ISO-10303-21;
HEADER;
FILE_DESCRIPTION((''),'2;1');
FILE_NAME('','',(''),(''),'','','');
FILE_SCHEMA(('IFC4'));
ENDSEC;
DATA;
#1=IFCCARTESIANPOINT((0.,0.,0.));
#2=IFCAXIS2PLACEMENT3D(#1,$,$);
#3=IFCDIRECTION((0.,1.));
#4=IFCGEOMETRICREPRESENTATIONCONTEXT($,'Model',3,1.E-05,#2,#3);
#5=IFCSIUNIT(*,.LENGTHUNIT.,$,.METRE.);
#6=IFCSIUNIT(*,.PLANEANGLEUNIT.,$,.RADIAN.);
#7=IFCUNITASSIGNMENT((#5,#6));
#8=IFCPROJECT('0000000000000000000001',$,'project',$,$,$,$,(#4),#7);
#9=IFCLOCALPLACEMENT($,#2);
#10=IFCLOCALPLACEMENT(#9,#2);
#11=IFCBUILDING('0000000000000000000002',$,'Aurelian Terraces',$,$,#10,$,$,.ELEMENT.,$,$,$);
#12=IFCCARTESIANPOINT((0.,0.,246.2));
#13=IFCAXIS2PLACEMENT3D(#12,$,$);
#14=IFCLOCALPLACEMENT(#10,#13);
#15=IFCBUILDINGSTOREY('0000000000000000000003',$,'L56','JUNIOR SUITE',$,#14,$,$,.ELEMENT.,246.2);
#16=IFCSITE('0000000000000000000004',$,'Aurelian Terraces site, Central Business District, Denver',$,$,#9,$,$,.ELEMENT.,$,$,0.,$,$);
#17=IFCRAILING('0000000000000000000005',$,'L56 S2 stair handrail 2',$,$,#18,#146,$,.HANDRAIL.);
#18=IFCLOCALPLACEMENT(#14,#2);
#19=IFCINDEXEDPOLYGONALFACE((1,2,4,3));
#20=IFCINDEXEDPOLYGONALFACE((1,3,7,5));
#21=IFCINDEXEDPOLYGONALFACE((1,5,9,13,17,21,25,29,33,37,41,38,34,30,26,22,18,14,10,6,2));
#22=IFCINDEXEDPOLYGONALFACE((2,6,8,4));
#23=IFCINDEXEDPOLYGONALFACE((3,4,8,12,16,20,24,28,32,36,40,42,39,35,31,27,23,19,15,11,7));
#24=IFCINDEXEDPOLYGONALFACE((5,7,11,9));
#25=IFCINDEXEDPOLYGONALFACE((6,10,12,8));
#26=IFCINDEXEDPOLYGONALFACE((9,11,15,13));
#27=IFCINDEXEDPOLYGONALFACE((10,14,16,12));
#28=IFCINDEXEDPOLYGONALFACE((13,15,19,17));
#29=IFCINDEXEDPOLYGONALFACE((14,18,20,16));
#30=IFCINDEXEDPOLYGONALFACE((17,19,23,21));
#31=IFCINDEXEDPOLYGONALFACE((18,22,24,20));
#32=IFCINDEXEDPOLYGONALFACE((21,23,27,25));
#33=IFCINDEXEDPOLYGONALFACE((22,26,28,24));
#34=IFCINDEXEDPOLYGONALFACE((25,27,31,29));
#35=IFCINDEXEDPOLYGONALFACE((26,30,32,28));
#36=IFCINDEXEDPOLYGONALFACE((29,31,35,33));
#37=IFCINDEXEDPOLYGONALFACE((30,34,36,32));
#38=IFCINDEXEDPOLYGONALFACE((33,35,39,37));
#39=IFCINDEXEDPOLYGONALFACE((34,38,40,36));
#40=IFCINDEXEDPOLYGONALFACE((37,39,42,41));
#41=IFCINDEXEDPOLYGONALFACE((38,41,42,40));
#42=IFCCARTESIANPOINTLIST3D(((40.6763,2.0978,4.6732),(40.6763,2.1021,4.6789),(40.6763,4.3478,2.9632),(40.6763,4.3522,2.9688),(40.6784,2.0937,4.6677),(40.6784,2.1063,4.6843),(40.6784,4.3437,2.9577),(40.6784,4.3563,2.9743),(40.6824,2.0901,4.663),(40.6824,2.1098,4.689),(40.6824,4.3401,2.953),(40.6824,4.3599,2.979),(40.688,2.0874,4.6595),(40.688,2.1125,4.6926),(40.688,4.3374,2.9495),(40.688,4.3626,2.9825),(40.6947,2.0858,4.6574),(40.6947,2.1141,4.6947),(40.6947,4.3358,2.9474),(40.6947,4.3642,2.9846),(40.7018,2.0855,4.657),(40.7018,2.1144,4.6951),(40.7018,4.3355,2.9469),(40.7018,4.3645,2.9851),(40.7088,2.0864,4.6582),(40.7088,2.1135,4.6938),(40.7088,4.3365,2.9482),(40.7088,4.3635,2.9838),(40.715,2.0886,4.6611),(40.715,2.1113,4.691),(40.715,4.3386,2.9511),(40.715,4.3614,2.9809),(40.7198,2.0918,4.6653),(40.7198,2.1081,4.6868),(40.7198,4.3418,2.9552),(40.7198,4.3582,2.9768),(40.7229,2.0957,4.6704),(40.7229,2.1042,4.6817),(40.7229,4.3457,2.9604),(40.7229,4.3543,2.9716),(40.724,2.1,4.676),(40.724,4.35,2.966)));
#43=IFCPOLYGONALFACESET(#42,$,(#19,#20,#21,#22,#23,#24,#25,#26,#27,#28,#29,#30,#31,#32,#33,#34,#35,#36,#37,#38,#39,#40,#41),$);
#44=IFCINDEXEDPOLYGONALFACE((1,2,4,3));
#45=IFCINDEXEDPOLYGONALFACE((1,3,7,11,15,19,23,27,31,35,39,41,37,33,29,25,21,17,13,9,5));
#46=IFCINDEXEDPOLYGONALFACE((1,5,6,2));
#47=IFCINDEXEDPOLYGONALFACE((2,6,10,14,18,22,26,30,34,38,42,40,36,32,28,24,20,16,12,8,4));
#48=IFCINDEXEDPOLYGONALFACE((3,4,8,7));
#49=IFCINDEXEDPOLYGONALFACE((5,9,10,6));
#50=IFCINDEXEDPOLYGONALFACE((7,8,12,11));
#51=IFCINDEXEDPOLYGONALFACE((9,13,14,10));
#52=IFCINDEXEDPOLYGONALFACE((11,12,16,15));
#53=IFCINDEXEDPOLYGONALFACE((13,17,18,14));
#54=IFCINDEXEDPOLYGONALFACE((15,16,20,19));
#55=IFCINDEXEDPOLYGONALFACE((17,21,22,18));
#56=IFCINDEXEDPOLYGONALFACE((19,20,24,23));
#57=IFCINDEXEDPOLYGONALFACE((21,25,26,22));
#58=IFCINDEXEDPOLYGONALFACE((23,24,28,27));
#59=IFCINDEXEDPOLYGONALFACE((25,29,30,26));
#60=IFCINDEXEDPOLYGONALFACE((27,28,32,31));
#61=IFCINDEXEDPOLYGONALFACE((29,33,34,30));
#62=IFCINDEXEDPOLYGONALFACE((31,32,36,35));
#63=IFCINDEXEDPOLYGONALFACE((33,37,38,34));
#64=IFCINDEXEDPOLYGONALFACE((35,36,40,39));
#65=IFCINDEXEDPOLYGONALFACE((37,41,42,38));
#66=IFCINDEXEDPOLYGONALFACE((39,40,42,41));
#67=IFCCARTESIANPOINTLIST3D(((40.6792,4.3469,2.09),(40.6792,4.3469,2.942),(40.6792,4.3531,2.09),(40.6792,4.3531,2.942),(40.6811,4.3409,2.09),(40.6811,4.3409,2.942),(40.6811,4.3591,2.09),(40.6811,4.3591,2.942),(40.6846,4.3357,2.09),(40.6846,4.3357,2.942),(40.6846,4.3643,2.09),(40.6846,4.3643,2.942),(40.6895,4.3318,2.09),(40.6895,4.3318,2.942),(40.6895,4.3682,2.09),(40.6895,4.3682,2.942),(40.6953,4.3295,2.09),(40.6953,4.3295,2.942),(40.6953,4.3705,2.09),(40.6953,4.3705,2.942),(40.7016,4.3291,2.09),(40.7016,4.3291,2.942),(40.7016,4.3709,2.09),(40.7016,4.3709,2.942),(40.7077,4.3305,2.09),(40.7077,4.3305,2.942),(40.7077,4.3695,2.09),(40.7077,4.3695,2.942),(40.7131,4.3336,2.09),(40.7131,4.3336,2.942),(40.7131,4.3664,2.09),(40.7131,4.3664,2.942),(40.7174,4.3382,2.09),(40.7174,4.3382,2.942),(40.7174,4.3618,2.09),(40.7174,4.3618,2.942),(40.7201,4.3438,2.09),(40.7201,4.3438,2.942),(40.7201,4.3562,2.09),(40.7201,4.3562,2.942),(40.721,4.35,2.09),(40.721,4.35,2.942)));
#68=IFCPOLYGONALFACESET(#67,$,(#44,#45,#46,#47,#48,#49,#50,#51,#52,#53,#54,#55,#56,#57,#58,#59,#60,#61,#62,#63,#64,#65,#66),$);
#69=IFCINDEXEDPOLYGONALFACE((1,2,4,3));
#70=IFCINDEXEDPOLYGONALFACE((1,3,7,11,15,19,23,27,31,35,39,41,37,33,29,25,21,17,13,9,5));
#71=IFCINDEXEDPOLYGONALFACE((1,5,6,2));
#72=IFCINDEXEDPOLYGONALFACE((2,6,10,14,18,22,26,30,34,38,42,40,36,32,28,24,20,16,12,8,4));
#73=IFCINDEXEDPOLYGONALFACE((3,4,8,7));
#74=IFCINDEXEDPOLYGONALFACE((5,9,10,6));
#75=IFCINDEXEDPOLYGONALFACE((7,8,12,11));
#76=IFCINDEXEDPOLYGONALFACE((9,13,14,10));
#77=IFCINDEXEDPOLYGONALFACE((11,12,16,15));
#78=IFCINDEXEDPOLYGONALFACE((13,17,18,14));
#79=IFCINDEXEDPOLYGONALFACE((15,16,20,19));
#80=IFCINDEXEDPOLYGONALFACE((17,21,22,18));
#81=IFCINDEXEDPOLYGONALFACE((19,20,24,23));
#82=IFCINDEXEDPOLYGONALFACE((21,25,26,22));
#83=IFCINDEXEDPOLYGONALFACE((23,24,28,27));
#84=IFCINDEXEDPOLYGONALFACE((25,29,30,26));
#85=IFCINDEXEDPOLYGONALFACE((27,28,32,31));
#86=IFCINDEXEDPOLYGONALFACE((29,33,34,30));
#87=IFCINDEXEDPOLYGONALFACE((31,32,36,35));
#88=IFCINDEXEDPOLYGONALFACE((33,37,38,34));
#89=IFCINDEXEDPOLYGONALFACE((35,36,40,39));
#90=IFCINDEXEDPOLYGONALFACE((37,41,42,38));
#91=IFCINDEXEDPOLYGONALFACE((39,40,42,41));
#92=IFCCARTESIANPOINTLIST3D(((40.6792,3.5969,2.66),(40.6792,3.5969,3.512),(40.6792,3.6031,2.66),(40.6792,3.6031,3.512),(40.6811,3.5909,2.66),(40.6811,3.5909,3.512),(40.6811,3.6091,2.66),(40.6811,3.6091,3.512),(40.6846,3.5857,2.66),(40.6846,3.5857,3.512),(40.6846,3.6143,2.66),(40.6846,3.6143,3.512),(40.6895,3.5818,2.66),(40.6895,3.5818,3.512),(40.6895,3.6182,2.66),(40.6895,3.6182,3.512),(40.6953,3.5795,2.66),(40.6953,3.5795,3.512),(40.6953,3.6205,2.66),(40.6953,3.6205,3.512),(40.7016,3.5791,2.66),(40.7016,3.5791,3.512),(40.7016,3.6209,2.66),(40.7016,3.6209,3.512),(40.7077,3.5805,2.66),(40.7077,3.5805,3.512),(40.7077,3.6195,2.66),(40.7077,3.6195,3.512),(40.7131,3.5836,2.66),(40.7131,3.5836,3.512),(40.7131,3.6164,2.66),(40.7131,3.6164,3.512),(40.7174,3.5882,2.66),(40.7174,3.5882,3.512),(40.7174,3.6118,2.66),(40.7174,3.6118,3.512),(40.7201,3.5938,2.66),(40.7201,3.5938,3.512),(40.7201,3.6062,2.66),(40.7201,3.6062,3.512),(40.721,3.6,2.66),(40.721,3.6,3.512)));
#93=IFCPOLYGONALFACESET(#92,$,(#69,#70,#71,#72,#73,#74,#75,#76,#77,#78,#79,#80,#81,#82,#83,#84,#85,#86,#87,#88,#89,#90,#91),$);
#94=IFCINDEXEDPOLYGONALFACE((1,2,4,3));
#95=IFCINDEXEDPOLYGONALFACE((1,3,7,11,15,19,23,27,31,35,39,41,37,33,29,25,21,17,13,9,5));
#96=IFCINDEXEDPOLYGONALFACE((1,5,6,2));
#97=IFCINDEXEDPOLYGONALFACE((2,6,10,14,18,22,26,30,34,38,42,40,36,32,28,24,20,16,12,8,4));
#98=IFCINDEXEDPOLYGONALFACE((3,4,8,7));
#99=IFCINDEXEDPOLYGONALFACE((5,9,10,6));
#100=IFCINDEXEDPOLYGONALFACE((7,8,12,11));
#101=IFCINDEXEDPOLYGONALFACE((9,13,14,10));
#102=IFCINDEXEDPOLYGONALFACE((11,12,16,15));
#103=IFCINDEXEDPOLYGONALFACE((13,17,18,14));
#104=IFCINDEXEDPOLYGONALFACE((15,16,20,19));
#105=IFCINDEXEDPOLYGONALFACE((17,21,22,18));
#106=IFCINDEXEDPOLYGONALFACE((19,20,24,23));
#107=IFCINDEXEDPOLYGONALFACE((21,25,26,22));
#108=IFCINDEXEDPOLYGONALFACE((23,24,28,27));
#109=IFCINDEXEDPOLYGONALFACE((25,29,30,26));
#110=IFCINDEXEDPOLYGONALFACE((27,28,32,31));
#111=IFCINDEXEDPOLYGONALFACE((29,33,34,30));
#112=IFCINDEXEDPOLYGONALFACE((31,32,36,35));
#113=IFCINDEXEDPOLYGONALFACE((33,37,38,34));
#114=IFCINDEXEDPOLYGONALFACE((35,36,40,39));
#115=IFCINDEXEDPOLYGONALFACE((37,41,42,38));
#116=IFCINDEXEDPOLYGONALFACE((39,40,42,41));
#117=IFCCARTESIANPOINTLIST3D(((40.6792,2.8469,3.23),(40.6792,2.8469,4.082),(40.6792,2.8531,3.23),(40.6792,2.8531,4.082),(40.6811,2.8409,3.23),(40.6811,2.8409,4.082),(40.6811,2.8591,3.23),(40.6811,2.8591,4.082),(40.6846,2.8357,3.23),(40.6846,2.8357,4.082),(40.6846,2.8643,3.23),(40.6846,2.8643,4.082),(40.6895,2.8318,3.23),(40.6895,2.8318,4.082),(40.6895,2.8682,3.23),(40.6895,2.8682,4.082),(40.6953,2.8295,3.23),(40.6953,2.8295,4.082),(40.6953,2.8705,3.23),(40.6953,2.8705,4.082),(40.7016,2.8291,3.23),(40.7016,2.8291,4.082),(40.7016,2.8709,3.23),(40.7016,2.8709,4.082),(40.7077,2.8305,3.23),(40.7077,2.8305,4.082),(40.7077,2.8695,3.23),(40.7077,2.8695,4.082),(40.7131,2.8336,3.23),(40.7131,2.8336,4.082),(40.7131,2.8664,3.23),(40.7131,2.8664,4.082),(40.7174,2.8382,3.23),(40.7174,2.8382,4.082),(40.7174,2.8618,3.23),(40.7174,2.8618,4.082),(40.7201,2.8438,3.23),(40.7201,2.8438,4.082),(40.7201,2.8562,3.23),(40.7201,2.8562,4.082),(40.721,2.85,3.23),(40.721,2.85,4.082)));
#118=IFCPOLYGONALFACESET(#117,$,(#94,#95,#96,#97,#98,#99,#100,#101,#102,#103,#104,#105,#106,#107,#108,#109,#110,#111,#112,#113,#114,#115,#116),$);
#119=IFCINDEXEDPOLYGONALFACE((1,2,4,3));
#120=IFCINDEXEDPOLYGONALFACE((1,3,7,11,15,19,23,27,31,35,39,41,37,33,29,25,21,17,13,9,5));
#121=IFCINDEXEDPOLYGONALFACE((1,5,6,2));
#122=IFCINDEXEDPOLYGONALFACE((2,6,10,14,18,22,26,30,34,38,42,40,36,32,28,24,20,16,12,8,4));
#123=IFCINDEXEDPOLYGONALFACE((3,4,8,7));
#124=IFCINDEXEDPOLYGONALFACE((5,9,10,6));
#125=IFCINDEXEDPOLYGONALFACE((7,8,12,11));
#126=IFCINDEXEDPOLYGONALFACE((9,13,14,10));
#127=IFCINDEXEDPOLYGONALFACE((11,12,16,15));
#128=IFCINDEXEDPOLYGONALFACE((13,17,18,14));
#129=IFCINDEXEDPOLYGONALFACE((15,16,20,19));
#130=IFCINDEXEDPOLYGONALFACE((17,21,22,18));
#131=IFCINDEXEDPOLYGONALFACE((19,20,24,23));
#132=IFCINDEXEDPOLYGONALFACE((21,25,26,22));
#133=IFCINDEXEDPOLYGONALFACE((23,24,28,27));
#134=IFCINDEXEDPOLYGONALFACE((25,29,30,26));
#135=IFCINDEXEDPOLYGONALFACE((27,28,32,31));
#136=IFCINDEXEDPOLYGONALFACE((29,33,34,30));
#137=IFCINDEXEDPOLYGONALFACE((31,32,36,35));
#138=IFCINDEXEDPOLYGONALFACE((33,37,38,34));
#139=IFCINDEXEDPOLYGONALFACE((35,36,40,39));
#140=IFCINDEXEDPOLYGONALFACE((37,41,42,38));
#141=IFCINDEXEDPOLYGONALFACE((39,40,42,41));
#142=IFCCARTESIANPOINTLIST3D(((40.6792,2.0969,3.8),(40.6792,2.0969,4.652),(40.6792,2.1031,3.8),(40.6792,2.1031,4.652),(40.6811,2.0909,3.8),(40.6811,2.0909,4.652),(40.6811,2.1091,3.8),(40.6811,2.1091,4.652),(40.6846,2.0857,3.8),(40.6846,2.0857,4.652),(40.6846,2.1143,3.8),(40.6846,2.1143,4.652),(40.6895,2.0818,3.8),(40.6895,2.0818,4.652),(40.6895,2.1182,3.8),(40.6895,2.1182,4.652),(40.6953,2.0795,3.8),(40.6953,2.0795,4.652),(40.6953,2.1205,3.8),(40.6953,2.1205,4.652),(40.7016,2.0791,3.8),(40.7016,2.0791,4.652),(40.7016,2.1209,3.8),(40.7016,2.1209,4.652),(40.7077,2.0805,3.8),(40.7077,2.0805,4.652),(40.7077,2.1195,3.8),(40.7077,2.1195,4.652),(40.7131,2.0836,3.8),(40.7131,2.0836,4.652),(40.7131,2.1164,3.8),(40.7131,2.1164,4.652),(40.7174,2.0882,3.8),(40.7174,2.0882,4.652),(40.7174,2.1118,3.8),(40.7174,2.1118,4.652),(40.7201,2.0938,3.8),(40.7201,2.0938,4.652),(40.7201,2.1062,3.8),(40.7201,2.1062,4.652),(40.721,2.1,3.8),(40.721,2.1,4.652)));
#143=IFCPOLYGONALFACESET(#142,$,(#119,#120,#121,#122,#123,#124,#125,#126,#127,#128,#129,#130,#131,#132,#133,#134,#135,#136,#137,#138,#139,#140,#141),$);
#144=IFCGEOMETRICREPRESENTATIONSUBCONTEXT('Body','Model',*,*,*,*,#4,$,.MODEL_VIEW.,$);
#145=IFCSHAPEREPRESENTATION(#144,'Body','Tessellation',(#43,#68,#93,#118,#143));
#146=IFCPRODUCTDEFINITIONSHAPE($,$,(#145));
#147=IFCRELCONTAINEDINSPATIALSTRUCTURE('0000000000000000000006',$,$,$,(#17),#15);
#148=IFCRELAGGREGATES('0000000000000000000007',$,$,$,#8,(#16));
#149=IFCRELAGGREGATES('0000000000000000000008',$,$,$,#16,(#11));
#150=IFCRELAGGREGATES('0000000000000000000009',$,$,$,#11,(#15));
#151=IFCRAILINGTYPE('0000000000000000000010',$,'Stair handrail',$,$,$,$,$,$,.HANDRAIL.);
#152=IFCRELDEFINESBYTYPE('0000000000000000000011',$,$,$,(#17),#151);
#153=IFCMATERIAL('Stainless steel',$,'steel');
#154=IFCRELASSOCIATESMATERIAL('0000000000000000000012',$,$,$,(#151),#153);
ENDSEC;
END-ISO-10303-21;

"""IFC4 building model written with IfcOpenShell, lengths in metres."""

from ifc_helpers import new_model, si_unit, direction, frame, origin, origin_2d, place, context, subcontext, project, spatial, circle, extrude, source, transform, mapped, material, type_object, element, save


model = new_model("IFC4")

# Units and contexts
model_context = context("Model", 3, precision=1e-05, world=origin(), true_north=direction((0.0, 1.0)))
body_context = subcontext(model_context, "Body", "Model", "MODEL_VIEW")
ifc_project = project(units=[si_unit("LENGTHUNIT", "METRE"), si_unit("PLANEANGLEUNIT", "RADIAN")], contexts=[model_context])

# Site, building, storey
site_placement = place(None, origin())
site = spatial("IfcSite", under=ifc_project, at=site_placement, Name="Aurelian Terraces site, Central Business District, Denver", CompositionType="ELEMENT", RefElevation=0.0)
building_placement = place(site_placement, origin())
building = spatial("IfcBuilding", under=site, at=building_placement, Name="Aurelian Terraces", CompositionType="ELEMENT")
storey_placement = place(building_placement, frame((0.0, 0.0, 246.2)))
storey = spatial("IfcBuildingStorey", under=building, at=storey_placement, Name="L56", Description="JUNIOR SUITE", CompositionType="ELEMENT", Elevation=246.2)

# Railing
ifc_material_1 = material(Name="Stainless steel", Category="steel")
railing_type_1 = type_object("IfcRailingType", Name="Stair handrail", PredefinedType="HANDRAIL", material=ifc_material_1)
shared_shape_1 = source(origin(), body_context, "Body", "SweptSolid", [
    extrude(circle(Radius=0.024, at=origin_2d()), frame((0.0, 0.0, 0.876), z_axis=(0.0, -0.796162, 0.605083), x_axis=(1.0, 0.0, 0.0)), (0.0, 0.0, 1.0), 2.8261),
    extrude(circle(Radius=0.021, at=origin_2d()), origin(), (0.0, 0.0, 1.0), 0.852),
    extrude(circle(Radius=0.021, at=origin_2d()), frame((0.0, -0.75, 0.57)), (0.0, 0.0, 1.0), 0.852),
    extrude(circle(Radius=0.021, at=origin_2d()), frame((0.0, -1.5, 1.14)), (0.0, 0.0, 1.0), 0.852),
    extrude(circle(Radius=0.021, at=origin_2d()), frame((0.0, -2.25, 1.71)), (0.0, 0.0, 1.0), 0.852),
])
railing_1_placement = place(storey_placement, frame((40.7, 4.35, 2.09)))
element("IfcRailing", 1, at=railing_1_placement, inside=storey, type_object=railing_type_1, Name="L56 S2 stair handrail 2", PredefinedType="HANDRAIL", context=body_context, shape_type="MappedRepresentation", body=[
    mapped(shared_shape_1, transform((0.0, 0.0, 0.0), scale=1.0)),
])

save(model, "model.ifc")
